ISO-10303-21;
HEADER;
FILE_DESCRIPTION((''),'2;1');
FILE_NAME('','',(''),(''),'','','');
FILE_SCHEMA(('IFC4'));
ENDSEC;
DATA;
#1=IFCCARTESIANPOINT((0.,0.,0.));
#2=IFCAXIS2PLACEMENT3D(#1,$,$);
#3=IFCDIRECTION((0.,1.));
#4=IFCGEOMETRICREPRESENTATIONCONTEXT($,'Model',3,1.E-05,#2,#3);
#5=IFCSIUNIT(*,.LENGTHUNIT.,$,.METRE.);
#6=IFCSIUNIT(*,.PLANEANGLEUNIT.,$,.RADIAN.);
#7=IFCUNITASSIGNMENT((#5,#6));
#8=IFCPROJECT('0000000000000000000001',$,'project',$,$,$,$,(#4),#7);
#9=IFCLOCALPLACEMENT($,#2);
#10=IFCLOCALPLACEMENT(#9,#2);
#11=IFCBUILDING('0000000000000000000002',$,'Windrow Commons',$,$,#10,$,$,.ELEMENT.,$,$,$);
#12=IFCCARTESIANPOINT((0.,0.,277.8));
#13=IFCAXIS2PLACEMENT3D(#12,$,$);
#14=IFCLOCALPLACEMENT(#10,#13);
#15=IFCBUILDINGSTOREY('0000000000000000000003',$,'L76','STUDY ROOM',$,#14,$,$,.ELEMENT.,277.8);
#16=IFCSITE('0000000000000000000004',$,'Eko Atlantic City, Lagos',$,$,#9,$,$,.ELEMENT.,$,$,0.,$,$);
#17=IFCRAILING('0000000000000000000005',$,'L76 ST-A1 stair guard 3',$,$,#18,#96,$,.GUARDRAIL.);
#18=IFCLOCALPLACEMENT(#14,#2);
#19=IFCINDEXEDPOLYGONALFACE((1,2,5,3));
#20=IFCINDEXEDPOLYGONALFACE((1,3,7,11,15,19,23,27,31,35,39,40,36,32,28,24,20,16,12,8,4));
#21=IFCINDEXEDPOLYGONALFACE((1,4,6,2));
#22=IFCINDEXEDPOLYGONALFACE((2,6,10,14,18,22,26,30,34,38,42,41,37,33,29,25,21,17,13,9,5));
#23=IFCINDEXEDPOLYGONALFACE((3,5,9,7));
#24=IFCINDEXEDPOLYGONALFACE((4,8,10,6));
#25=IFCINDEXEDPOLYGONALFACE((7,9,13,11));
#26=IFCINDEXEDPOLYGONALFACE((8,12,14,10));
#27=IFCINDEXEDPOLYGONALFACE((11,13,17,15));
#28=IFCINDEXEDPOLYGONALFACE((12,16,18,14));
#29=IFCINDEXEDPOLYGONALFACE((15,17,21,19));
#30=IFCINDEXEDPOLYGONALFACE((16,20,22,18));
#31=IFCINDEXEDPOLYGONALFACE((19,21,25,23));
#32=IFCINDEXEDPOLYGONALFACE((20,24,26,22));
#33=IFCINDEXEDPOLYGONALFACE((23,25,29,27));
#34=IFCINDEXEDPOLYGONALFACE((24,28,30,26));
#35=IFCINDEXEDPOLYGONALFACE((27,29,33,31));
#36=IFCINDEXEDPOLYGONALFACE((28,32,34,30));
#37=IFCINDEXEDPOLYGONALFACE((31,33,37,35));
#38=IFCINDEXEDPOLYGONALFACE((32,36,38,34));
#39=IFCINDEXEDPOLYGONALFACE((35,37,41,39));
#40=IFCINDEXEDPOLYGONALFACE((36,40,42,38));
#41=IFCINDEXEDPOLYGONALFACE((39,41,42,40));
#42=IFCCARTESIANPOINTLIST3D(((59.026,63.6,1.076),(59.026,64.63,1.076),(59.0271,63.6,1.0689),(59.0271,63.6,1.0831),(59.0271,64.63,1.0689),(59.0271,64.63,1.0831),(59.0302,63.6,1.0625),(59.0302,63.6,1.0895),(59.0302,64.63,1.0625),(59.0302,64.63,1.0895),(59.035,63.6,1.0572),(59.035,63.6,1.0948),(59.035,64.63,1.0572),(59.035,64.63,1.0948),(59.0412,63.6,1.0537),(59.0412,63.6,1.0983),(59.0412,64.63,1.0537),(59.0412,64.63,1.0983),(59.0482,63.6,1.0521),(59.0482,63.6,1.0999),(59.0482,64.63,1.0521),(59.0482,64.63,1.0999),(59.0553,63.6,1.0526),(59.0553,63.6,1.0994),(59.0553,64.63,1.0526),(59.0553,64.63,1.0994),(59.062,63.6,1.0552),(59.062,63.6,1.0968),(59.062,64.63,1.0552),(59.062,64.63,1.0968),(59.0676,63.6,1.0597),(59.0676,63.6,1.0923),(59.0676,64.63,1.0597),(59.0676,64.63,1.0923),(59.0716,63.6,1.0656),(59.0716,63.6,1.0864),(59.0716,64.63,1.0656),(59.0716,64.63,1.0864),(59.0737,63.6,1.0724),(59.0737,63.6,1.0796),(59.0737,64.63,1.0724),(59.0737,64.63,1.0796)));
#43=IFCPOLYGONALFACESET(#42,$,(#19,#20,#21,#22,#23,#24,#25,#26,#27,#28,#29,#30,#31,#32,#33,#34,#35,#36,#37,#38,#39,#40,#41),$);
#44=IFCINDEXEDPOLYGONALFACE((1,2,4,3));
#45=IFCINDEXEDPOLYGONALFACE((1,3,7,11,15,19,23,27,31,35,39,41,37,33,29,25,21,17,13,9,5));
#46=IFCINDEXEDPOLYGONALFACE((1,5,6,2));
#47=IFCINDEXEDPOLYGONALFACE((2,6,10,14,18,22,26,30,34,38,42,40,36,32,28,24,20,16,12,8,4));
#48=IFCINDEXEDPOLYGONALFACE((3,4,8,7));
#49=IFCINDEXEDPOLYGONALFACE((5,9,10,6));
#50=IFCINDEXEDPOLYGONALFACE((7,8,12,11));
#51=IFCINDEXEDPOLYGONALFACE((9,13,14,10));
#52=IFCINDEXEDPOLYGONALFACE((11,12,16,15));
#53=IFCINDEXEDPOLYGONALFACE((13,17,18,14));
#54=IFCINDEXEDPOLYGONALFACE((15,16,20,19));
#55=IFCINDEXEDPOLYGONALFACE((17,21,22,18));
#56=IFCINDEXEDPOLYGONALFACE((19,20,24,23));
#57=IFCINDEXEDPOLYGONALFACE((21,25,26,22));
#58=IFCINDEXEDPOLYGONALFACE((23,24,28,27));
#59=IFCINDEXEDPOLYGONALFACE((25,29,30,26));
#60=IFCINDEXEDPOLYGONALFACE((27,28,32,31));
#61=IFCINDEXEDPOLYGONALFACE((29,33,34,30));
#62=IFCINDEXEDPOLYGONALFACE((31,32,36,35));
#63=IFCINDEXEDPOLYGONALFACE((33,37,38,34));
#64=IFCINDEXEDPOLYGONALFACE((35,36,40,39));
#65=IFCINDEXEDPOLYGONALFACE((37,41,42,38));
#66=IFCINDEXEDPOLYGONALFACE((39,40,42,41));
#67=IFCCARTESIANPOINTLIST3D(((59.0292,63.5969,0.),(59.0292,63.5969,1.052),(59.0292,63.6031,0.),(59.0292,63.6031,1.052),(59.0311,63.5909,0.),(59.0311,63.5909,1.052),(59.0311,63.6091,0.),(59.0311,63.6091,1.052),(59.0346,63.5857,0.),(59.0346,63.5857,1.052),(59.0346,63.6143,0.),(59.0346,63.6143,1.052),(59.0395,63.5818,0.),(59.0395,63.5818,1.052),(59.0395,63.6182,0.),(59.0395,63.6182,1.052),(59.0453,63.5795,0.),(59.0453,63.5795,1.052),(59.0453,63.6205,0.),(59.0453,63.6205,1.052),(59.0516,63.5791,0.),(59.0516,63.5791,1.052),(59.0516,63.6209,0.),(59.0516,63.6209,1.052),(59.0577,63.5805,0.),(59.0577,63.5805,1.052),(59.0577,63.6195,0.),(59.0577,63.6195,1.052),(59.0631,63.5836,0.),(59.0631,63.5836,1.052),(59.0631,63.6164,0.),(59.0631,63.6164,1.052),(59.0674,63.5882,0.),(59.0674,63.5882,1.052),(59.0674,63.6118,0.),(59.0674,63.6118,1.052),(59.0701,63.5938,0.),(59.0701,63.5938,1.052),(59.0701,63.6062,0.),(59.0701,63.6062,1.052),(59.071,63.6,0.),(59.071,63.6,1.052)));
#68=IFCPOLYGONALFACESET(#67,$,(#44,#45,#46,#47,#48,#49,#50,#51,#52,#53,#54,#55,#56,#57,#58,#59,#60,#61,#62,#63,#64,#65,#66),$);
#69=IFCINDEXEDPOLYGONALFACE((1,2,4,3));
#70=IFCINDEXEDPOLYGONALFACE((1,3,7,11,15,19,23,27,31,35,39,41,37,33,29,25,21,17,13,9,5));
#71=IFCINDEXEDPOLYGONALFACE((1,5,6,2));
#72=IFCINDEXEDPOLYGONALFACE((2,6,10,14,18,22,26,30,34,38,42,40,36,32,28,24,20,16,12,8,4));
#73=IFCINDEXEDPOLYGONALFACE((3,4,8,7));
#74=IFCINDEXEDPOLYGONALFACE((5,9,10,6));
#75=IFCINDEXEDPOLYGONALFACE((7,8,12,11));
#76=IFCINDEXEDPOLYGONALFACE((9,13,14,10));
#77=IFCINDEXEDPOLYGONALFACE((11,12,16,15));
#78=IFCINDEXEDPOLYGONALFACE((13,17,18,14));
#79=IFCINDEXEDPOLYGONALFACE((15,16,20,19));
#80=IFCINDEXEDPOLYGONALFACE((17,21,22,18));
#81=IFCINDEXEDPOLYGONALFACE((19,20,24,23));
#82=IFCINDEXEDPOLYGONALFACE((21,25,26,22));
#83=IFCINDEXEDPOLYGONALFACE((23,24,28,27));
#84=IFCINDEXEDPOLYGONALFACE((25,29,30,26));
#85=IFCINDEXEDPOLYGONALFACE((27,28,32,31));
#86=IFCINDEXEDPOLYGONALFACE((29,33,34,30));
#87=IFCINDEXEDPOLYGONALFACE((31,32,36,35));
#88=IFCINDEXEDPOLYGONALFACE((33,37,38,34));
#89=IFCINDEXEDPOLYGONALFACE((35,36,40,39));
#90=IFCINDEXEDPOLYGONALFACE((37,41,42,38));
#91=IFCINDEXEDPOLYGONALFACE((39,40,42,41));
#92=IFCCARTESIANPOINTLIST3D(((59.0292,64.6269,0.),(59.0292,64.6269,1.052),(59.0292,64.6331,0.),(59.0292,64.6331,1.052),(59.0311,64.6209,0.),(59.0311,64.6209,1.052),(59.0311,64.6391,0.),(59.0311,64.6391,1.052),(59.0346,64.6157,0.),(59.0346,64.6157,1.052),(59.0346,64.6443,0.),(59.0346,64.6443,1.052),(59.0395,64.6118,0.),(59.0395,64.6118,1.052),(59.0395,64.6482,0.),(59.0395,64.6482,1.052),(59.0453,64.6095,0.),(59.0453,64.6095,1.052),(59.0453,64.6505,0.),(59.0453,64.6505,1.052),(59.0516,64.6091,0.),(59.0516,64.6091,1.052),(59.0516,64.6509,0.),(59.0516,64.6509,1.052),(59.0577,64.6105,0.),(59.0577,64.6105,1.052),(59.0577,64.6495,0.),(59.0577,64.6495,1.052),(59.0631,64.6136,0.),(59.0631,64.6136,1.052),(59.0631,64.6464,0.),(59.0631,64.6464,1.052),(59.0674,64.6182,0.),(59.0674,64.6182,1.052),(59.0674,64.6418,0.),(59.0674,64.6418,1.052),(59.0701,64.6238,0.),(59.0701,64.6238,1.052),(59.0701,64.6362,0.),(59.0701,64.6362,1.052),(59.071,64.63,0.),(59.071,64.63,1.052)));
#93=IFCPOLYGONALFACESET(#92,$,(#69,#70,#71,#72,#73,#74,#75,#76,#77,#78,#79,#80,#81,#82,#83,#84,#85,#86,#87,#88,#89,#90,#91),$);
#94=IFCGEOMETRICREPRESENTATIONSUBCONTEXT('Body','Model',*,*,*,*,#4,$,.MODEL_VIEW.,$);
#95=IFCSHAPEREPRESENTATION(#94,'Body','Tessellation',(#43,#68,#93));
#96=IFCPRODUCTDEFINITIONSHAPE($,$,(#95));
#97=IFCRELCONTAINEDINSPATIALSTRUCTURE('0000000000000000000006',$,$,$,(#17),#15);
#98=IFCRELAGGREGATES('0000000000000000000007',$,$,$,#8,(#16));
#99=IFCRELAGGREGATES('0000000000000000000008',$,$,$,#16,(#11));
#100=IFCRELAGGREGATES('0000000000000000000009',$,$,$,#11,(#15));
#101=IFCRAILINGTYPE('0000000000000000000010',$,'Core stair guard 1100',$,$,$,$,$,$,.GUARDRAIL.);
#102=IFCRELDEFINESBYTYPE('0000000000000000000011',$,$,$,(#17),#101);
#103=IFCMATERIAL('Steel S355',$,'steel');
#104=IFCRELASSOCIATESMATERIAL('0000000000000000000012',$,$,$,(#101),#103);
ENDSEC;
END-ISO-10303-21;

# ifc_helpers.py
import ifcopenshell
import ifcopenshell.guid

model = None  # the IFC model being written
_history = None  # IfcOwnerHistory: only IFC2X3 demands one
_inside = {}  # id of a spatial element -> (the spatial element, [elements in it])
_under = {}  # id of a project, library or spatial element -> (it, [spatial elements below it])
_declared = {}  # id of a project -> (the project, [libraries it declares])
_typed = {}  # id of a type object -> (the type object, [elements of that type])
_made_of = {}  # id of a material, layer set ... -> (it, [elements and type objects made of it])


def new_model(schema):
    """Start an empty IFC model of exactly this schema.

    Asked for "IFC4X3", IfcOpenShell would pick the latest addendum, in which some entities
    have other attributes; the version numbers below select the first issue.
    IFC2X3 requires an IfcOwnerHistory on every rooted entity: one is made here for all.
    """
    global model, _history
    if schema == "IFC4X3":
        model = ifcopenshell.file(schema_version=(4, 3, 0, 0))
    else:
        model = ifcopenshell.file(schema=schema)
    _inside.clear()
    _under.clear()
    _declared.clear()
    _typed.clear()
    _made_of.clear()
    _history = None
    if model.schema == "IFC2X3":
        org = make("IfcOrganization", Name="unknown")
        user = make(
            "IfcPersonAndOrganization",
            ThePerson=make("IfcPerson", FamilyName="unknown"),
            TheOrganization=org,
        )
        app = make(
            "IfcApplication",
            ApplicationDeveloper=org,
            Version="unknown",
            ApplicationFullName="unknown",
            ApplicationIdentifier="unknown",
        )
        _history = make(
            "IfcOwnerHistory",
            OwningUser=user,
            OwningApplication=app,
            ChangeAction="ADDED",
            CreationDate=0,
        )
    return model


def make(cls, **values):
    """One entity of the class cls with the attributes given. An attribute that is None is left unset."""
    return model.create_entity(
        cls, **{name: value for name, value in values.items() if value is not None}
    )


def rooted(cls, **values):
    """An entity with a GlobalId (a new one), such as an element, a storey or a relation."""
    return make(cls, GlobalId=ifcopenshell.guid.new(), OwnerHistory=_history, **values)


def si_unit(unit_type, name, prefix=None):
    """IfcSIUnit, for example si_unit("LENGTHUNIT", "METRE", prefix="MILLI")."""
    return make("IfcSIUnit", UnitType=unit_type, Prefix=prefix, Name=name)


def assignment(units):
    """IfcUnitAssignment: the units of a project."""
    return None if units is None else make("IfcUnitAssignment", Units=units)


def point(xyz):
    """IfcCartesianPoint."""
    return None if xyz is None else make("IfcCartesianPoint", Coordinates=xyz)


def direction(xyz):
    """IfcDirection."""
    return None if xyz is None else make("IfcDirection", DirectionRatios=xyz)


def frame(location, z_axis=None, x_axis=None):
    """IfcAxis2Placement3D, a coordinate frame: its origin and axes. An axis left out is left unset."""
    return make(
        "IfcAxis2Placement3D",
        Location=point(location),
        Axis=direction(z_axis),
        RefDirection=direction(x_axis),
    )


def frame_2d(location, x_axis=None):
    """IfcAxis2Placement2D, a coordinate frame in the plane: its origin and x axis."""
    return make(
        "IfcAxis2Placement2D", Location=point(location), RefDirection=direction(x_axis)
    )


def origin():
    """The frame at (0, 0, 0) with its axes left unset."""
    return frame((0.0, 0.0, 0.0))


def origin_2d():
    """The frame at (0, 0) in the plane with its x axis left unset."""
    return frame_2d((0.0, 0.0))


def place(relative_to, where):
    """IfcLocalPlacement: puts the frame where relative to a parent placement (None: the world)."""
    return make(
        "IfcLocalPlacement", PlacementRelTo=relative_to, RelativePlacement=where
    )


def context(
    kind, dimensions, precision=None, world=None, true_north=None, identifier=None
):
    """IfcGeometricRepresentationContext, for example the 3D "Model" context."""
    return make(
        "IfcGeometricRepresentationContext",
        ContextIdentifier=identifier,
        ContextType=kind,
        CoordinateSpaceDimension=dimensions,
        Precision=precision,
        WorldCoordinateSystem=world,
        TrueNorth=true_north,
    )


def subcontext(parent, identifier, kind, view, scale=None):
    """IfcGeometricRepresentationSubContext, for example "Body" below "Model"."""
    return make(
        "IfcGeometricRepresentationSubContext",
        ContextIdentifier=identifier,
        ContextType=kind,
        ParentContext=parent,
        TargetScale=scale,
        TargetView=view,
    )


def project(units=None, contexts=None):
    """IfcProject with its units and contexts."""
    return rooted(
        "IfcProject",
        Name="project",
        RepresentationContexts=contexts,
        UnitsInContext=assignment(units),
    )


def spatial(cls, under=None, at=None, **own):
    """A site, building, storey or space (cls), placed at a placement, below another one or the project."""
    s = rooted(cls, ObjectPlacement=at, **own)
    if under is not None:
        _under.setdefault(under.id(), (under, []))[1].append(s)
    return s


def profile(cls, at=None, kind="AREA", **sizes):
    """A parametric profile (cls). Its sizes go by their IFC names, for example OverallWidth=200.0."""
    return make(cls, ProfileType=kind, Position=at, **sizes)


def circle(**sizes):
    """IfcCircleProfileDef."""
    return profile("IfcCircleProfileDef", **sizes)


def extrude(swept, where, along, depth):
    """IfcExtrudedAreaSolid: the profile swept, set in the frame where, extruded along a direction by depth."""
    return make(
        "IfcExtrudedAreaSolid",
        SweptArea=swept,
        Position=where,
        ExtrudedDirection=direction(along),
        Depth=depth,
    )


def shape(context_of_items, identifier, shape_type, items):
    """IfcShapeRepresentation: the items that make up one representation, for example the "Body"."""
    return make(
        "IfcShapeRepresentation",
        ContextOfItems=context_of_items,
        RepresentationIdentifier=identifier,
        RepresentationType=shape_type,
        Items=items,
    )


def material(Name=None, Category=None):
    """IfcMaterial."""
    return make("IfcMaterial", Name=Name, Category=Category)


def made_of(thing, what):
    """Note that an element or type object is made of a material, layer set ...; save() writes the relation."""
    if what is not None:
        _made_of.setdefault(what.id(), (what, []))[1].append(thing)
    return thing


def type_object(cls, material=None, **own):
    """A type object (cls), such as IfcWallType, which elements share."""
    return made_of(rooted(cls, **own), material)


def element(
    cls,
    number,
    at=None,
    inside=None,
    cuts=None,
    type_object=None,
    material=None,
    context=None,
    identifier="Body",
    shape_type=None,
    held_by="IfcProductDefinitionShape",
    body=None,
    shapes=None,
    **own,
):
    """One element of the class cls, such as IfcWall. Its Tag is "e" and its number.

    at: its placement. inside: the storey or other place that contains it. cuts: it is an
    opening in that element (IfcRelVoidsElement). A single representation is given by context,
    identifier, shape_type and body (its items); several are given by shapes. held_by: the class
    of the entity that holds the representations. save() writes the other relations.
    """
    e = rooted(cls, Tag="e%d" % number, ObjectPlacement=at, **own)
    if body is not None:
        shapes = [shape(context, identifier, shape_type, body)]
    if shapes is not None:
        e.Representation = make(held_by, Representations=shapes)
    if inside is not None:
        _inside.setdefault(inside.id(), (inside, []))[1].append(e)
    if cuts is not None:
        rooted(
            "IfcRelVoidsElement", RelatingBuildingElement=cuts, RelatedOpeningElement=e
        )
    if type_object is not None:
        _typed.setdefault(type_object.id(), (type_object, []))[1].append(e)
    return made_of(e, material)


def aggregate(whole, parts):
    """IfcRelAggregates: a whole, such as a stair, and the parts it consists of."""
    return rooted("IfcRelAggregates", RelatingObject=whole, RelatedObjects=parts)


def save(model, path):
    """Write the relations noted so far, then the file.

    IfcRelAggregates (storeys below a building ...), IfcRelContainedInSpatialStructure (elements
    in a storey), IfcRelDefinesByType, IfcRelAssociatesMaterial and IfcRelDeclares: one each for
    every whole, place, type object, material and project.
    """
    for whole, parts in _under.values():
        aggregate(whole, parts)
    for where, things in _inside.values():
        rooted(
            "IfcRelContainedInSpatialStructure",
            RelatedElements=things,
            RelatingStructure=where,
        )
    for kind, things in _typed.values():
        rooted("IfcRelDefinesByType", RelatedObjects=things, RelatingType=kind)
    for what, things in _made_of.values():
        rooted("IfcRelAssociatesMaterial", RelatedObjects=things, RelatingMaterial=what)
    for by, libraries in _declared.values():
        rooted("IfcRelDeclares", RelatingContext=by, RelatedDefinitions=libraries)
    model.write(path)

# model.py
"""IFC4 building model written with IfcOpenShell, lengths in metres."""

from ifc_helpers import new_model, si_unit, direction, frame, origin, origin_2d, place, context, subcontext, project, spatial, circle, extrude, material, type_object, element, save


model = new_model("IFC4")

# Units and contexts
model_context = context("Model", 3, precision=1e-05, world=origin(), true_north=direction((0.0, 1.0)))
body_context = subcontext(model_context, "Body", "Model", "MODEL_VIEW")
ifc_project = project(units=[si_unit("LENGTHUNIT", "METRE"), si_unit("PLANEANGLEUNIT", "RADIAN")], contexts=[model_context])

# Site, building, storey
site_placement = place(None, origin())
site = spatial("IfcSite", under=ifc_project, at=site_placement, Name="Eko Atlantic City, Lagos", CompositionType="ELEMENT", RefElevation=0.0)
building_placement = place(site_placement, origin())
building = spatial("IfcBuilding", under=site, at=building_placement, Name="Windrow Commons", CompositionType="ELEMENT")
storey_placement = place(building_placement, frame((0.0, 0.0, 277.8)))
storey = spatial("IfcBuildingStorey", under=building, at=storey_placement, Name="L76", Description="STUDY ROOM", CompositionType="ELEMENT", Elevation=277.8)

# Railing
ifc_material_1 = material(Name="Steel S355", Category="steel")
railing_type = type_object("IfcRailingType", Name="Core stair guard 1100", PredefinedType="GUARDRAIL", material=ifc_material_1)
railing_1_placement = place(storey_placement, frame((59.05, 63.6, 0.0)))
element("IfcRailing", 1, at=railing_1_placement, inside=storey, type_object=railing_type, Name="L76 ST-A1 stair guard 3", PredefinedType="GUARDRAIL", context=body_context, shape_type="SweptSolid", body=[
    extrude(circle(Radius=0.024, at=origin_2d()), frame((0.0, 0.0, 1.076), z_axis=(0.0, 1.0, 0.0), x_axis=(-1.0, 0.0, 0.0)), (0.0, 0.0, 1.0), 1.03),
    extrude(circle(Radius=0.021, at=origin_2d()), origin(), (0.0, 0.0, 1.0), 1.052),
    extrude(circle(Radius=0.021, at=origin_2d()), frame((0.0, 1.03, 0.0)), (0.0, 0.0, 1.0), 1.052),
])

save(model, "model.ifc")
